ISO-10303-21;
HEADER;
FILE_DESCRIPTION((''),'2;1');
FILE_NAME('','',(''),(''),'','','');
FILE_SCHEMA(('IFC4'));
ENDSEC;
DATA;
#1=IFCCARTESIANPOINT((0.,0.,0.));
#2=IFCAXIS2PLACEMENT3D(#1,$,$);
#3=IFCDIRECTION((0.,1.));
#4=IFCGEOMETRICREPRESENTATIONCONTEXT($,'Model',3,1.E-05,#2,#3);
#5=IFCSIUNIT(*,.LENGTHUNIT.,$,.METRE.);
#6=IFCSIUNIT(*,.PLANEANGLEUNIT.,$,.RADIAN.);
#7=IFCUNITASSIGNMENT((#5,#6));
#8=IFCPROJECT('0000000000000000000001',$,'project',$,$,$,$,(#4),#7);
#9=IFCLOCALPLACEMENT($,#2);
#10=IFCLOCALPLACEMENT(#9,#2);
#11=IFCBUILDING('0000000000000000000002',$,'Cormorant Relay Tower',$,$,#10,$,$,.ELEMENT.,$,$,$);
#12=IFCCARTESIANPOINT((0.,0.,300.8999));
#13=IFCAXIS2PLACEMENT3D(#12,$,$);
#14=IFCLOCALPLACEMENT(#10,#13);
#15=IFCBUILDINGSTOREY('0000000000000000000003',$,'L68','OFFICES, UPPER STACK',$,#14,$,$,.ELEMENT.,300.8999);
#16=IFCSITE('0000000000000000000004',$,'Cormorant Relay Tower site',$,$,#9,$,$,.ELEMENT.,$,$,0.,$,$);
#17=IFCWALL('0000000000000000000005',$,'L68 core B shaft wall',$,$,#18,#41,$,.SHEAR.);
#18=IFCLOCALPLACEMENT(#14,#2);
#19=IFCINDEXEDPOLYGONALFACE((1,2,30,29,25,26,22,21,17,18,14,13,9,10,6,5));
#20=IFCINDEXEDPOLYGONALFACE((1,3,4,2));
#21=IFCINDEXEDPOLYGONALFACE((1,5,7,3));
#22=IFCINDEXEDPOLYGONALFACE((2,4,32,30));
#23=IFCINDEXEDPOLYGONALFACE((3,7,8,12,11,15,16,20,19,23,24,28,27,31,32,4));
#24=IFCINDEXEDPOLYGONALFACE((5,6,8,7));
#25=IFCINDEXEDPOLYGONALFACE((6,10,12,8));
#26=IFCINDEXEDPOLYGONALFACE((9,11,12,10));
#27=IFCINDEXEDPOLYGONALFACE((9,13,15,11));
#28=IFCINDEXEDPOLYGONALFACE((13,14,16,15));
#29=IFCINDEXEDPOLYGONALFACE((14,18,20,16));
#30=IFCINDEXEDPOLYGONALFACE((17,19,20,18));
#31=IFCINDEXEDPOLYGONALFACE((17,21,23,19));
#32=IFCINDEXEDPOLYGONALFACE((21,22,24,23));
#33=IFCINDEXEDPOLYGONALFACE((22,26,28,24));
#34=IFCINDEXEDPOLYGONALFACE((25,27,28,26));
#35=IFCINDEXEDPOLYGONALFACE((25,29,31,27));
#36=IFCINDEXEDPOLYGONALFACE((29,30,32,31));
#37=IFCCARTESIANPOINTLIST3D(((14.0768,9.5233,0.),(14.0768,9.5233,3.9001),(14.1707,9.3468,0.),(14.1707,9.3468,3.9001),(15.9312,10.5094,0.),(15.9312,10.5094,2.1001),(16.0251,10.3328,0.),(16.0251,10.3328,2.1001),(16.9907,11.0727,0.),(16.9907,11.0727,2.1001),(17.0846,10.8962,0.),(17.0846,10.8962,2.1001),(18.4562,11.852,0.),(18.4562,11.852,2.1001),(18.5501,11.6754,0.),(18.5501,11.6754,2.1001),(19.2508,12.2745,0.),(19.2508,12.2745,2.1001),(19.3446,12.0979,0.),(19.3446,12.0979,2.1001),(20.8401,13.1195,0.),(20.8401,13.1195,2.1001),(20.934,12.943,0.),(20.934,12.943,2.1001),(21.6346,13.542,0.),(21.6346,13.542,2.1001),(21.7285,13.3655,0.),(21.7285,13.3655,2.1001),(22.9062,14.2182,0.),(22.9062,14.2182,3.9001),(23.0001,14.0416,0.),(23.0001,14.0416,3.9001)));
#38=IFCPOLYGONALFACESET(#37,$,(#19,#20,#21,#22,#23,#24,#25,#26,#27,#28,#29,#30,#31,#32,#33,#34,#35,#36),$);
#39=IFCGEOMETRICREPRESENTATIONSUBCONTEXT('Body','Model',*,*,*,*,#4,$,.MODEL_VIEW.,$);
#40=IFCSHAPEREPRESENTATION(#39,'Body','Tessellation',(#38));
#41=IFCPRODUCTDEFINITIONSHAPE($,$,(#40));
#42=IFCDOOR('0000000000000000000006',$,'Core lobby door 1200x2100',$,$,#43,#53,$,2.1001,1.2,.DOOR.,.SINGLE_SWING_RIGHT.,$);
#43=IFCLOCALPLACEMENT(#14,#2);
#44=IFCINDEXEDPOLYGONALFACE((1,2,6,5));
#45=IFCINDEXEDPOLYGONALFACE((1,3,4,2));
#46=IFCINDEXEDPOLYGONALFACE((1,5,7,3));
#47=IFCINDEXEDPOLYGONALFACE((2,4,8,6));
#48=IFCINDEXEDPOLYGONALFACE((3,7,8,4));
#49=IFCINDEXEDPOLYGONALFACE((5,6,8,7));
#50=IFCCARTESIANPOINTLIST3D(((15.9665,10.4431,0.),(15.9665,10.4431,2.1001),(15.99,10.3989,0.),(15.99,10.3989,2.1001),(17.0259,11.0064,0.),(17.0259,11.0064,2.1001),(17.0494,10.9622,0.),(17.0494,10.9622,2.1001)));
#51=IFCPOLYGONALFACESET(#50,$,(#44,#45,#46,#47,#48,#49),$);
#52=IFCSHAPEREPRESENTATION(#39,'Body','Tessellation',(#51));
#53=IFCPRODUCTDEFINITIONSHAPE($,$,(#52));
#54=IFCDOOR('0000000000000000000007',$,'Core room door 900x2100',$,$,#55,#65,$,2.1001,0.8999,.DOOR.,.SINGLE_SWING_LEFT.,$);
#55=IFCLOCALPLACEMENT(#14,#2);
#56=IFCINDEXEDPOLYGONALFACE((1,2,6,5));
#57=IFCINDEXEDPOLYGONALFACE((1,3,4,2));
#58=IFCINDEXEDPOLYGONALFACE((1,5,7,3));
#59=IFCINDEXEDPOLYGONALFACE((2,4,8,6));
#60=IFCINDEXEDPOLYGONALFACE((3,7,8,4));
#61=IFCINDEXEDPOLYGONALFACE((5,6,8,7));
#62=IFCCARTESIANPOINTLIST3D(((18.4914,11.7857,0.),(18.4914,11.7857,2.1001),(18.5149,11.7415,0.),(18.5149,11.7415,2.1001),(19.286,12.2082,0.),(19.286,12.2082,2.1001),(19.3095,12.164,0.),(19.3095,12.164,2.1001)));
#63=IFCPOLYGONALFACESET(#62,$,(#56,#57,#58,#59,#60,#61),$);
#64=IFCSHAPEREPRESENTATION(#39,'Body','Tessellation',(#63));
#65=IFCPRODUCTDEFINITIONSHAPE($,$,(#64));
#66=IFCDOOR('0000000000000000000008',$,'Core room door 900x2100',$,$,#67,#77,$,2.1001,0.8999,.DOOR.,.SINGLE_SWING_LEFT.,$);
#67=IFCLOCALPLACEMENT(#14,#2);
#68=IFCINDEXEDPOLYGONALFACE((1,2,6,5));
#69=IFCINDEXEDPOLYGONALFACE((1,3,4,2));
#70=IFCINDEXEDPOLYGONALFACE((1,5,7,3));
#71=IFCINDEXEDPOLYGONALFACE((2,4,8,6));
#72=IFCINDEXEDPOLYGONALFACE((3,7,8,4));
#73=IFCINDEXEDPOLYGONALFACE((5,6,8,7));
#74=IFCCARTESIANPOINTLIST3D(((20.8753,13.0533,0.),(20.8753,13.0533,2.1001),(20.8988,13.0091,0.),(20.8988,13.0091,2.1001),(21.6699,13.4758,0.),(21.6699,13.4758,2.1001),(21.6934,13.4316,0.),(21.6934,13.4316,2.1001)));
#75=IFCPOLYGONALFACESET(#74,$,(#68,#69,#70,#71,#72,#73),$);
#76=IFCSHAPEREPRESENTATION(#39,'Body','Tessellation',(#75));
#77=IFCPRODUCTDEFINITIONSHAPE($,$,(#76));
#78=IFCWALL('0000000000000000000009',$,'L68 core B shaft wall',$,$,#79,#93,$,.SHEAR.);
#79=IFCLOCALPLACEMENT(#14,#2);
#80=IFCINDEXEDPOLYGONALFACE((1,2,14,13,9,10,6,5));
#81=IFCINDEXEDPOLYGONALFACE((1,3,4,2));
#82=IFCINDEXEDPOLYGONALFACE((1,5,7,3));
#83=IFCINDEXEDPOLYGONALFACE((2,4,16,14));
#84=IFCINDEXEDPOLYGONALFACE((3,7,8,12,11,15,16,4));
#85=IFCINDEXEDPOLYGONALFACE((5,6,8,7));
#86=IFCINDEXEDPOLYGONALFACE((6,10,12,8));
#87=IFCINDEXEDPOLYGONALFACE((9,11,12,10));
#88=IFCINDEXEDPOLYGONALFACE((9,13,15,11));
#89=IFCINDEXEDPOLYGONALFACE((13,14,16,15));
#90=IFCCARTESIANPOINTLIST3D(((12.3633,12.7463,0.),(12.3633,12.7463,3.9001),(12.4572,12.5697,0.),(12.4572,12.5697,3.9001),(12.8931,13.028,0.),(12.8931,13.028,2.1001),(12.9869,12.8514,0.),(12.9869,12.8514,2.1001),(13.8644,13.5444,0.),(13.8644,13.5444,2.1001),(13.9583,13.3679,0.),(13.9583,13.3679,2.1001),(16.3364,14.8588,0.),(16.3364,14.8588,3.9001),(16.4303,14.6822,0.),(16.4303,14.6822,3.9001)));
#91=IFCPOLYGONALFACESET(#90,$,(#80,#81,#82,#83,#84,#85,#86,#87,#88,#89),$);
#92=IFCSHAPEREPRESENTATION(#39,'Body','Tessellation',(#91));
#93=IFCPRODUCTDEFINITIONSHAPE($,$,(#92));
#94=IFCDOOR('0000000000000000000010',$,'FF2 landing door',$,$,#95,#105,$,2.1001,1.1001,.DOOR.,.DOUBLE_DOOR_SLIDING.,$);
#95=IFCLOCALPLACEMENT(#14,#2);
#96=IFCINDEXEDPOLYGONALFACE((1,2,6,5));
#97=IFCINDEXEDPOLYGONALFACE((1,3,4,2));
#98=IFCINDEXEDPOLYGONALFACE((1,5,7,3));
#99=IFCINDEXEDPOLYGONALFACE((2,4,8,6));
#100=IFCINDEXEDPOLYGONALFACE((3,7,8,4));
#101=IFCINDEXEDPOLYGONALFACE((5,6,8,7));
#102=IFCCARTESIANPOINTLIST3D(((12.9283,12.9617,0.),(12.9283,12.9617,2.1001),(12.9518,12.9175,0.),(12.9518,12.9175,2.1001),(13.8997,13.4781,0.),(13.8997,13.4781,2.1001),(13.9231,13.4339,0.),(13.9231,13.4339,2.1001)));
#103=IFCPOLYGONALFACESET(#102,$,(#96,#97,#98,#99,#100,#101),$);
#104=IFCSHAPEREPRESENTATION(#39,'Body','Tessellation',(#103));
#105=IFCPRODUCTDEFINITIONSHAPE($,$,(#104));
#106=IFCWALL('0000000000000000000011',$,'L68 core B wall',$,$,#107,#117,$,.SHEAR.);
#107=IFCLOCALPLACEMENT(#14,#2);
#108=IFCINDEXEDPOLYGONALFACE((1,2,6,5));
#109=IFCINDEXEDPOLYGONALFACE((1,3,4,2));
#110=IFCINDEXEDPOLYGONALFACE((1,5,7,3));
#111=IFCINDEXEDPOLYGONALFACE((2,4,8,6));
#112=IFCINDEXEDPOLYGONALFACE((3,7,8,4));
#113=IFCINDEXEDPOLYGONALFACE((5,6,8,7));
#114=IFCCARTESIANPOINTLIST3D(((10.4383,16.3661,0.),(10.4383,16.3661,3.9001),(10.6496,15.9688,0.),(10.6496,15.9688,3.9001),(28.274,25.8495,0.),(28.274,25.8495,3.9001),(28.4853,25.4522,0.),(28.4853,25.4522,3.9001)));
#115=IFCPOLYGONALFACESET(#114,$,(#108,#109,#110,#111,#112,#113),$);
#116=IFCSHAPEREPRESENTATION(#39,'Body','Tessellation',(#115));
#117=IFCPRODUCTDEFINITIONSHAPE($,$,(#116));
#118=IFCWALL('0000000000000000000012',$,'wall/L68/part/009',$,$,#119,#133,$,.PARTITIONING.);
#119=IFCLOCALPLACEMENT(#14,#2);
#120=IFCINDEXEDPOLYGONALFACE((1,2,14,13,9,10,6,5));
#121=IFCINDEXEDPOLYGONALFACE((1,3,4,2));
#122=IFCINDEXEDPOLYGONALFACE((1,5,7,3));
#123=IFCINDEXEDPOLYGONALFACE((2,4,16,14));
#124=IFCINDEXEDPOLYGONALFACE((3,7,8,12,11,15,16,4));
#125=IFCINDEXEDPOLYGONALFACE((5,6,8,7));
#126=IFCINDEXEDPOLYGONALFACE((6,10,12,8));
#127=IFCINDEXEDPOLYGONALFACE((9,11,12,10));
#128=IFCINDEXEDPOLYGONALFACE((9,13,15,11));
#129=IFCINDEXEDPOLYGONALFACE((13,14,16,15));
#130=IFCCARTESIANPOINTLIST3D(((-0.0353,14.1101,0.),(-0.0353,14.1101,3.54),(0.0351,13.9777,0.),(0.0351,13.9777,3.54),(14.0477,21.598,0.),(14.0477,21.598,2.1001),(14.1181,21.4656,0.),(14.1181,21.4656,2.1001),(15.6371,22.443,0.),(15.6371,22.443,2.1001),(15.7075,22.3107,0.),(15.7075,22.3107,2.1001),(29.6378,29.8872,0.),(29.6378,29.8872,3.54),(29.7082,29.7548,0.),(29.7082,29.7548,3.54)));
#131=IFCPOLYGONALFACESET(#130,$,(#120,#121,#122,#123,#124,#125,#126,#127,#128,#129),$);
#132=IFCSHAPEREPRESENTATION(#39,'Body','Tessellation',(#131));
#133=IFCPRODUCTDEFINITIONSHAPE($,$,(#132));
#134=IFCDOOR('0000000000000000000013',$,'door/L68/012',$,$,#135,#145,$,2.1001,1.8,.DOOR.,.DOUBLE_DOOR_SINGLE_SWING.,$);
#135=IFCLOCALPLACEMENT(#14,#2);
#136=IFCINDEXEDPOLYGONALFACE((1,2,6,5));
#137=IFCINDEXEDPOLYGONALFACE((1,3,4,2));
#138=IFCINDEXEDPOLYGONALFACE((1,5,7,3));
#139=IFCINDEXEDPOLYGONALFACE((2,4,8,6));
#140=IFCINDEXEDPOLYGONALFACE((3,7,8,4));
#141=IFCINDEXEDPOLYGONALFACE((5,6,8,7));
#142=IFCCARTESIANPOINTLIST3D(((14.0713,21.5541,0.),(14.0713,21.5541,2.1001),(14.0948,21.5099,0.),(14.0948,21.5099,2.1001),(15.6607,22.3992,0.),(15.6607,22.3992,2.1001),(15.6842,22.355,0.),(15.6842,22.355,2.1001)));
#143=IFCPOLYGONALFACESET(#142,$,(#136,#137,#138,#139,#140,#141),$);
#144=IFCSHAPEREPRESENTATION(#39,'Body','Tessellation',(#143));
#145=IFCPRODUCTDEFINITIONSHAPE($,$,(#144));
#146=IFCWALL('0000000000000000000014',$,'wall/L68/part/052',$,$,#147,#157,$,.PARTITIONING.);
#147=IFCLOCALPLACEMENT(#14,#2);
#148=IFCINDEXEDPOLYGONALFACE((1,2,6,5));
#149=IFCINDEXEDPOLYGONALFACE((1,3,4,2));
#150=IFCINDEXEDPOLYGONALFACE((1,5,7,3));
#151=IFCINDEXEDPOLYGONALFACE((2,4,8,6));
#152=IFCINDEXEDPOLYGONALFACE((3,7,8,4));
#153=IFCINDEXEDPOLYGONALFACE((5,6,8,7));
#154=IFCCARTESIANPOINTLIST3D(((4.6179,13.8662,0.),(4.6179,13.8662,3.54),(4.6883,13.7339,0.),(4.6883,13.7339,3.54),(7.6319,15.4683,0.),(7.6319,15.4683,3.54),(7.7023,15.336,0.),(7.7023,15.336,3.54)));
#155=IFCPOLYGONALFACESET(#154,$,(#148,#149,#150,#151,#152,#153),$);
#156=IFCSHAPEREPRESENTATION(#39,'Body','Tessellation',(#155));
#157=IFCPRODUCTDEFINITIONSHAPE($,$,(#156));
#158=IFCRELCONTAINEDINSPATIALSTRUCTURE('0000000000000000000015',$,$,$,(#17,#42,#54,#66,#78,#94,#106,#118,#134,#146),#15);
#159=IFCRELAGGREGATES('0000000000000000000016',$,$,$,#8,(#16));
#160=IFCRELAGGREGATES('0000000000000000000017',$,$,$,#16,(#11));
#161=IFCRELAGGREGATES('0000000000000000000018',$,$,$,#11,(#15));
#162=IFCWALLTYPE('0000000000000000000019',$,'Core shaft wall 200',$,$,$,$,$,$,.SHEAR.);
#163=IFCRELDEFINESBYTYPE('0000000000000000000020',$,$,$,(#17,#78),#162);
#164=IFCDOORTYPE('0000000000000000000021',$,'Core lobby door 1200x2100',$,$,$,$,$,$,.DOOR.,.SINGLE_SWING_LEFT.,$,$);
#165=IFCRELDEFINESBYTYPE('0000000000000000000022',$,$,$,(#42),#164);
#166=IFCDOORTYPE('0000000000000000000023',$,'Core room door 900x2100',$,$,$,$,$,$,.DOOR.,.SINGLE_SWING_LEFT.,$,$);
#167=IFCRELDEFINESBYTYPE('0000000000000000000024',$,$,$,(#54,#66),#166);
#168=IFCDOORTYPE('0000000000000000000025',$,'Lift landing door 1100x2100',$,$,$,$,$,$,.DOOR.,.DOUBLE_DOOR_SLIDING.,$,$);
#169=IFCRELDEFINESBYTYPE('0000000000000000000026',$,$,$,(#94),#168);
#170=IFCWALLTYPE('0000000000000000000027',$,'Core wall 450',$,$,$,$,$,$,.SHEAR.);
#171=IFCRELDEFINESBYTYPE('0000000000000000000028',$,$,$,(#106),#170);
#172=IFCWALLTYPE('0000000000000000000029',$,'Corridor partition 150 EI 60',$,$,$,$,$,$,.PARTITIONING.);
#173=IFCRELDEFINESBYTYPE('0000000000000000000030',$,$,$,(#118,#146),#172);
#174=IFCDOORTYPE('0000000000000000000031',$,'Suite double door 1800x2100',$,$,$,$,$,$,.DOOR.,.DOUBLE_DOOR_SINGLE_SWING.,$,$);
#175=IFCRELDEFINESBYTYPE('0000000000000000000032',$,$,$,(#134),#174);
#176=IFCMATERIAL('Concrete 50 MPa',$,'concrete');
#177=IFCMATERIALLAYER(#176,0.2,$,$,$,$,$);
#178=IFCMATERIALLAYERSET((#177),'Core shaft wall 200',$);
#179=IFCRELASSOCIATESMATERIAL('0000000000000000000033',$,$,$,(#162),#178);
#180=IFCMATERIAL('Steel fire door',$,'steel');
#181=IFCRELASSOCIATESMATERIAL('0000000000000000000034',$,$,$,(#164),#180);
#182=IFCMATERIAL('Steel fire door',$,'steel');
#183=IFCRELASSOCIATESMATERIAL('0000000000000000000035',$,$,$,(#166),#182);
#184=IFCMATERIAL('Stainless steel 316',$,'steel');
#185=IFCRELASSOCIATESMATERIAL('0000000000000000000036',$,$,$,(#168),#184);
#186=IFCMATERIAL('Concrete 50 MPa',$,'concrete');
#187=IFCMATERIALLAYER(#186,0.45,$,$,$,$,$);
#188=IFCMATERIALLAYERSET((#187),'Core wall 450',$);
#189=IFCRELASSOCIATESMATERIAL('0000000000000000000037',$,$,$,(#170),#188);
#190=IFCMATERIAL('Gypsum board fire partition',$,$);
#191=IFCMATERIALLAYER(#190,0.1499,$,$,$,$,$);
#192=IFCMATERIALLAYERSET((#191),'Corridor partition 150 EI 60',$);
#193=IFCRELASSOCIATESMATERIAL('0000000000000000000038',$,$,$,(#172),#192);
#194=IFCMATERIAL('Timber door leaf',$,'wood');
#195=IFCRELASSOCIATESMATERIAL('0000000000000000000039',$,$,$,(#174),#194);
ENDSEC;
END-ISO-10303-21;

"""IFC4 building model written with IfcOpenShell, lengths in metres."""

from ifc_helpers import new_model, si_unit, direction, frame, frame_2d, origin, place, context, subcontext, project, spatial, rectangle, extrude, material, layer, layer_set, type_object, element, fill, save


model = new_model("IFC4")

# Units and contexts
model_context = context("Model", 3, precision=1e-05, world=origin(), true_north=direction((0.0, 1.0)))
body_context = subcontext(model_context, "Body", "Model", "MODEL_VIEW")
ifc_project = project(units=[si_unit("LENGTHUNIT", "METRE"), si_unit("PLANEANGLEUNIT", "RADIAN")], contexts=[model_context])

# Site, building, storey
site_placement = place(None, origin())
site = spatial("IfcSite", under=ifc_project, at=site_placement, Name="Cormorant Relay Tower site", CompositionType="ELEMENT", RefElevation=0.0)
building_placement = place(site_placement, origin())
building = spatial("IfcBuilding", under=site, at=building_placement, Name="Cormorant Relay Tower", CompositionType="ELEMENT")
storey_placement = place(building_placement, frame((0.0, 0.0, 300.8999)))
storey = spatial("IfcBuildingStorey", under=building, at=storey_placement, Name="L68", Description="OFFICES, UPPER STACK", CompositionType="ELEMENT", Elevation=300.8999)

# Wall, openings, doors
ifc_material_1 = material(Name="Concrete 50 MPa", Category="concrete")
ifc_layer_1 = layer(ifc_material_1, 0.2)
ifc_layer_set_1 = layer_set([ifc_layer_1], Name="Core shaft wall 200")
wall_type_1 = type_object("IfcWallType", Name="Core shaft wall 200", PredefinedType="SHEAR", material=ifc_layer_set_1)
wall_1_placement = place(storey_placement, frame((14.1238, 9.4351, 0.0), z_axis=(0.0, 0.0, 1.0), x_axis=(0.88294, 0.469485, 0.0)))
wall_1 = element("IfcWall", 1, at=wall_1_placement, inside=storey, type_object=wall_type_1, Name="L68 core B shaft wall", PredefinedType="SHEAR", context=body_context, shape_type="SweptSolid", body=[
    extrude(rectangle(XDim=10.0, YDim=0.2, at=frame_2d((5.0, 0.0))), origin(), (0.0, 0.0, 1.0), 3.9001),
])
opening_1_placement = place(wall_1_placement, frame((2.1001, 0.0, 0.0)))
opening_1 = element("IfcOpeningElement", 2, at=opening_1_placement, cuts=wall_1, PredefinedType="OPENING", context=body_context, shape_type="SweptSolid", body=[
    extrude(rectangle(XDim=1.2, YDim=2.1001, at=frame_2d((0.6001, 1.05))), frame((0.0, 0.1099, 0.0), z_axis=(0.0, -1.0, 0.0), x_axis=(1.0, 0.0, 0.0)), (0.0, 0.0, 1.0), 0.22),
])
opening_2_placement = place(wall_1_placement, frame((4.96, 0.0, 0.0)))
opening_2 = element("IfcOpeningElement", 3, at=opening_2_placement, cuts=wall_1, PredefinedType="OPENING", context=body_context, shape_type="SweptSolid", body=[
    extrude(rectangle(XDim=0.8999, YDim=2.1001, at=frame_2d((0.45, 1.05))), frame((0.0, 0.1099, 0.0), z_axis=(0.0, -1.0, 0.0), x_axis=(1.0, 0.0, 0.0)), (0.0, 0.0, 1.0), 0.22),
])
opening_3_placement = place(wall_1_placement, frame((7.6599, 0.0, 0.0)))
opening_3 = element("IfcOpeningElement", 4, at=opening_3_placement, cuts=wall_1, PredefinedType="OPENING", context=body_context, shape_type="SweptSolid", body=[
    extrude(rectangle(XDim=0.8999, YDim=2.1001, at=frame_2d((0.45, 1.05))), frame((0.0, 0.1099, 0.0), z_axis=(0.0, -1.0, 0.0), x_axis=(1.0, 0.0, 0.0)), (0.0, 0.0, 1.0), 0.22),
])
ifc_material_2 = material(Name="Steel fire door", Category="steel")
door_type_1 = type_object("IfcDoorType", Name="Core lobby door 1200x2100", OperationType="SINGLE_SWING_LEFT", PredefinedType="DOOR", material=ifc_material_2)
door_1_placement = place(opening_1_placement, origin())
door_1 = element("IfcDoor", 5, at=door_1_placement, inside=storey, type_object=door_type_1, Name="Core lobby door 1200x2100", OperationType="SINGLE_SWING_RIGHT", OverallHeight=2.1001, OverallWidth=1.2, PredefinedType="DOOR", context=body_context, shape_type="SweptSolid", body=[
    extrude(rectangle(XDim=1.2, YDim=2.1001, at=frame_2d((0.6001, 1.05))), frame((0.0, 0.0249, 0.0), z_axis=(0.0, -1.0, 0.0), x_axis=(1.0, 0.0, 0.0)), (0.0, 0.0, 1.0), 0.05),
])
fill(opening_1, door_1)
ifc_material_3 = material(Name="Steel fire door", Category="steel")
door_type_2 = type_object("IfcDoorType", Name="Core room door 900x2100", OperationType="SINGLE_SWING_LEFT", PredefinedType="DOOR", material=ifc_material_3)
door_2_placement = place(opening_2_placement, origin())
door_2 = element("IfcDoor", 6, at=door_2_placement, inside=storey, type_object=door_type_2, Name="Core room door 900x2100", OperationType="SINGLE_SWING_LEFT", OverallHeight=2.1001, OverallWidth=0.8999, PredefinedType="DOOR", context=body_context, shape_type="SweptSolid", body=[
    extrude(rectangle(XDim=0.8999, YDim=2.1001, at=frame_2d((0.45, 1.05))), frame((0.0, 0.0249, 0.0), z_axis=(0.0, -1.0, 0.0), x_axis=(1.0, 0.0, 0.0)), (0.0, 0.0, 1.0), 0.05),
])
fill(opening_2, door_2)
door_3_placement = place(opening_3_placement, origin())
door_3 = element("IfcDoor", 7, at=door_3_placement, inside=storey, type_object=door_type_2, Name="Core room door 900x2100", OperationType="SINGLE_SWING_LEFT", OverallHeight=2.1001, OverallWidth=0.8999, PredefinedType="DOOR", context=body_context, shape_type="SweptSolid", body=[
    extrude(rectangle(XDim=0.8999, YDim=2.1001, at=frame_2d((0.45, 1.05))), frame((0.0, 0.0249, 0.0), z_axis=(0.0, -1.0, 0.0), x_axis=(1.0, 0.0, 0.0)), (0.0, 0.0, 1.0), 0.05),
])
fill(opening_3, door_3)

# Wall, opening, door
wall_2_placement = place(storey_placement, frame((12.4102, 12.658, 0.0), z_axis=(0.0, 0.0, 1.0), x_axis=(0.882948, 0.46947, 0.0)))
wall_2 = element("IfcWall", 8, at=wall_2_placement, inside=storey, type_object=wall_type_1, Name="L68 core B shaft wall", PredefinedType="SHEAR", context=body_context, shape_type="SweptSolid", body=[
    extrude(rectangle(XDim=4.4998, YDim=0.2, at=frame_2d((2.25, 0.0))), origin(), (0.0, 0.0, 1.0), 3.9001),
])
opening_4_placement = place(wall_2_placement, frame((0.6001, 0.0, 0.0)))
opening_4 = element("IfcOpeningElement", 9, at=opening_4_placement, cuts=wall_2, PredefinedType="OPENING", context=body_context, shape_type="SweptSolid", body=[
    extrude(rectangle(XDim=1.1001, YDim=2.1001, at=frame_2d((0.55, 1.05))), frame((0.0, 0.1099, 0.0), z_axis=(0.0, -1.0, 0.0), x_axis=(1.0, 0.0, 0.0)), (0.0, 0.0, 1.0), 0.22),
])
ifc_material_4 = material(Name="Stainless steel 316", Category="steel")
door_type_3 = type_object("IfcDoorType", Name="Lift landing door 1100x2100", OperationType="DOUBLE_DOOR_SLIDING", PredefinedType="DOOR", material=ifc_material_4)
door_4_placement = place(opening_4_placement, origin())
door_4 = element("IfcDoor", 10, at=door_4_placement, inside=storey, type_object=door_type_3, Name="FF2 landing door", OperationType="DOUBLE_DOOR_SLIDING", OverallHeight=2.1001, OverallWidth=1.1001, PredefinedType="DOOR", context=body_context, shape_type="SweptSolid", body=[
    extrude(rectangle(XDim=1.1001, YDim=2.1001, at=frame_2d((0.55, 1.05))), frame((0.0, 0.0249, 0.0), z_axis=(0.0, -1.0, 0.0), x_axis=(1.0, 0.0, 0.0)), (0.0, 0.0, 1.0), 0.05),
])
fill(opening_4, door_4)

# Wall
ifc_material_5 = material(Name="Concrete 50 MPa", Category="concrete")
ifc_layer_2 = layer(ifc_material_5, 0.45)
ifc_layer_set_2 = layer_set([ifc_layer_2], Name="Core wall 450")
wall_type_2 = type_object("IfcWallType", Name="Core wall 450", PredefinedType="SHEAR", material=ifc_layer_set_2)
wall_3_placement = place(storey_placement, frame((10.5439, 16.1675, 0.0), z_axis=(0.0, 0.0, 1.0), x_axis=(0.882948, 0.469471, 0.0)))
element("IfcWall", 11, at=wall_3_placement, inside=storey, type_object=wall_type_2, Name="L68 core B wall", PredefinedType="SHEAR", context=body_context, shape_type="SweptSolid", body=[
    extrude(rectangle(XDim=20.2002, YDim=0.45, at=frame_2d((10.1001, 0.0))), origin(), (0.0, 0.0, 1.0), 3.9001),
])

# Wall, opening, door
ifc_material_6 = material(Name="Gypsum board fire partition")
ifc_layer_3 = layer(ifc_material_6, 0.1499)
ifc_layer_set_3 = layer_set([ifc_layer_3], Name="Corridor partition 150 EI 60")
wall_type_3 = type_object("IfcWallType", Name="Corridor partition 150 EI 60", PredefinedType="PARTITIONING", material=ifc_layer_set_3)
wall_4_placement = place(storey_placement, frame((0.0, 14.0439, 0.0), z_axis=(0.0, 0.0, 1.0), x_axis=(0.882952, 0.469463, 0.0)))
wall_4 = element("IfcWall", 12, at=wall_4_placement, inside=storey, type_object=wall_type_3, Name="wall/L68/part/009", PredefinedType="PARTITIONING", context=body_context, shape_type="SweptSolid", body=[
    extrude(rectangle(XDim=33.6067, YDim=0.1499, at=frame_2d((16.8032, 0.0))), origin(), (0.0, 0.0, 1.0), 3.54),
])
opening_5_placement = place(wall_4_placement, frame((15.95, 0.0, 0.0)))
opening_5 = element("IfcOpeningElement", 13, at=opening_5_placement, cuts=wall_4, PredefinedType="OPENING", context=body_context, shape_type="SweptSolid", body=[
    extrude(rectangle(XDim=1.8, YDim=2.1001, at=frame_2d((0.8999, 1.05))), frame((0.0, 0.085, 0.0), z_axis=(0.0, -1.0, 0.0), x_axis=(1.0, 0.0, 0.0)), (0.0, 0.0, 1.0), 0.1699),
])
ifc_material_7 = material(Name="Timber door leaf", Category="wood")
door_type_4 = type_object("IfcDoorType", Name="Suite double door 1800x2100", OperationType="DOUBLE_DOOR_SINGLE_SWING", PredefinedType="DOOR", material=ifc_material_7)
door_5_placement = place(opening_5_placement, frame((1.8, 0.0, 0.0), z_axis=(0.0, 0.0, 1.0), x_axis=(-1.0, 0.0, 0.0)))
door_5 = element("IfcDoor", 14, at=door_5_placement, inside=storey, type_object=door_type_4, Name="door/L68/012", OperationType="DOUBLE_DOOR_SINGLE_SWING", OverallHeight=2.1001, OverallWidth=1.8, PredefinedType="DOOR", context=body_context, shape_type="SweptSolid", body=[
    extrude(rectangle(XDim=1.8, YDim=2.1001, at=frame_2d((0.8999, 1.05))), frame((0.0, 0.0249, 0.0), z_axis=(0.0, -1.0, 0.0), x_axis=(1.0, 0.0, 0.0)), (0.0, 0.0, 1.0), 0.05),
])
fill(opening_5, door_5)

# Wall
wall_5_placement = place(storey_placement, frame((7.667, 15.4021, 0.0), z_axis=(0.0, 0.0, 1.0), x_axis=(-0.883005, -0.469363, 0.0)))
element("IfcWall", 15, at=wall_5_placement, inside=storey, type_object=wall_type_3, Name="wall/L68/part/052", PredefinedType="PARTITIONING", context=body_context, shape_type="SweptSolid", body=[
    extrude(rectangle(XDim=3.4133, YDim=0.1499, at=frame_2d((1.7065, 0.0))), origin(), (0.0, 0.0, 1.0), 3.54),
])

save(model, "model.ifc")
